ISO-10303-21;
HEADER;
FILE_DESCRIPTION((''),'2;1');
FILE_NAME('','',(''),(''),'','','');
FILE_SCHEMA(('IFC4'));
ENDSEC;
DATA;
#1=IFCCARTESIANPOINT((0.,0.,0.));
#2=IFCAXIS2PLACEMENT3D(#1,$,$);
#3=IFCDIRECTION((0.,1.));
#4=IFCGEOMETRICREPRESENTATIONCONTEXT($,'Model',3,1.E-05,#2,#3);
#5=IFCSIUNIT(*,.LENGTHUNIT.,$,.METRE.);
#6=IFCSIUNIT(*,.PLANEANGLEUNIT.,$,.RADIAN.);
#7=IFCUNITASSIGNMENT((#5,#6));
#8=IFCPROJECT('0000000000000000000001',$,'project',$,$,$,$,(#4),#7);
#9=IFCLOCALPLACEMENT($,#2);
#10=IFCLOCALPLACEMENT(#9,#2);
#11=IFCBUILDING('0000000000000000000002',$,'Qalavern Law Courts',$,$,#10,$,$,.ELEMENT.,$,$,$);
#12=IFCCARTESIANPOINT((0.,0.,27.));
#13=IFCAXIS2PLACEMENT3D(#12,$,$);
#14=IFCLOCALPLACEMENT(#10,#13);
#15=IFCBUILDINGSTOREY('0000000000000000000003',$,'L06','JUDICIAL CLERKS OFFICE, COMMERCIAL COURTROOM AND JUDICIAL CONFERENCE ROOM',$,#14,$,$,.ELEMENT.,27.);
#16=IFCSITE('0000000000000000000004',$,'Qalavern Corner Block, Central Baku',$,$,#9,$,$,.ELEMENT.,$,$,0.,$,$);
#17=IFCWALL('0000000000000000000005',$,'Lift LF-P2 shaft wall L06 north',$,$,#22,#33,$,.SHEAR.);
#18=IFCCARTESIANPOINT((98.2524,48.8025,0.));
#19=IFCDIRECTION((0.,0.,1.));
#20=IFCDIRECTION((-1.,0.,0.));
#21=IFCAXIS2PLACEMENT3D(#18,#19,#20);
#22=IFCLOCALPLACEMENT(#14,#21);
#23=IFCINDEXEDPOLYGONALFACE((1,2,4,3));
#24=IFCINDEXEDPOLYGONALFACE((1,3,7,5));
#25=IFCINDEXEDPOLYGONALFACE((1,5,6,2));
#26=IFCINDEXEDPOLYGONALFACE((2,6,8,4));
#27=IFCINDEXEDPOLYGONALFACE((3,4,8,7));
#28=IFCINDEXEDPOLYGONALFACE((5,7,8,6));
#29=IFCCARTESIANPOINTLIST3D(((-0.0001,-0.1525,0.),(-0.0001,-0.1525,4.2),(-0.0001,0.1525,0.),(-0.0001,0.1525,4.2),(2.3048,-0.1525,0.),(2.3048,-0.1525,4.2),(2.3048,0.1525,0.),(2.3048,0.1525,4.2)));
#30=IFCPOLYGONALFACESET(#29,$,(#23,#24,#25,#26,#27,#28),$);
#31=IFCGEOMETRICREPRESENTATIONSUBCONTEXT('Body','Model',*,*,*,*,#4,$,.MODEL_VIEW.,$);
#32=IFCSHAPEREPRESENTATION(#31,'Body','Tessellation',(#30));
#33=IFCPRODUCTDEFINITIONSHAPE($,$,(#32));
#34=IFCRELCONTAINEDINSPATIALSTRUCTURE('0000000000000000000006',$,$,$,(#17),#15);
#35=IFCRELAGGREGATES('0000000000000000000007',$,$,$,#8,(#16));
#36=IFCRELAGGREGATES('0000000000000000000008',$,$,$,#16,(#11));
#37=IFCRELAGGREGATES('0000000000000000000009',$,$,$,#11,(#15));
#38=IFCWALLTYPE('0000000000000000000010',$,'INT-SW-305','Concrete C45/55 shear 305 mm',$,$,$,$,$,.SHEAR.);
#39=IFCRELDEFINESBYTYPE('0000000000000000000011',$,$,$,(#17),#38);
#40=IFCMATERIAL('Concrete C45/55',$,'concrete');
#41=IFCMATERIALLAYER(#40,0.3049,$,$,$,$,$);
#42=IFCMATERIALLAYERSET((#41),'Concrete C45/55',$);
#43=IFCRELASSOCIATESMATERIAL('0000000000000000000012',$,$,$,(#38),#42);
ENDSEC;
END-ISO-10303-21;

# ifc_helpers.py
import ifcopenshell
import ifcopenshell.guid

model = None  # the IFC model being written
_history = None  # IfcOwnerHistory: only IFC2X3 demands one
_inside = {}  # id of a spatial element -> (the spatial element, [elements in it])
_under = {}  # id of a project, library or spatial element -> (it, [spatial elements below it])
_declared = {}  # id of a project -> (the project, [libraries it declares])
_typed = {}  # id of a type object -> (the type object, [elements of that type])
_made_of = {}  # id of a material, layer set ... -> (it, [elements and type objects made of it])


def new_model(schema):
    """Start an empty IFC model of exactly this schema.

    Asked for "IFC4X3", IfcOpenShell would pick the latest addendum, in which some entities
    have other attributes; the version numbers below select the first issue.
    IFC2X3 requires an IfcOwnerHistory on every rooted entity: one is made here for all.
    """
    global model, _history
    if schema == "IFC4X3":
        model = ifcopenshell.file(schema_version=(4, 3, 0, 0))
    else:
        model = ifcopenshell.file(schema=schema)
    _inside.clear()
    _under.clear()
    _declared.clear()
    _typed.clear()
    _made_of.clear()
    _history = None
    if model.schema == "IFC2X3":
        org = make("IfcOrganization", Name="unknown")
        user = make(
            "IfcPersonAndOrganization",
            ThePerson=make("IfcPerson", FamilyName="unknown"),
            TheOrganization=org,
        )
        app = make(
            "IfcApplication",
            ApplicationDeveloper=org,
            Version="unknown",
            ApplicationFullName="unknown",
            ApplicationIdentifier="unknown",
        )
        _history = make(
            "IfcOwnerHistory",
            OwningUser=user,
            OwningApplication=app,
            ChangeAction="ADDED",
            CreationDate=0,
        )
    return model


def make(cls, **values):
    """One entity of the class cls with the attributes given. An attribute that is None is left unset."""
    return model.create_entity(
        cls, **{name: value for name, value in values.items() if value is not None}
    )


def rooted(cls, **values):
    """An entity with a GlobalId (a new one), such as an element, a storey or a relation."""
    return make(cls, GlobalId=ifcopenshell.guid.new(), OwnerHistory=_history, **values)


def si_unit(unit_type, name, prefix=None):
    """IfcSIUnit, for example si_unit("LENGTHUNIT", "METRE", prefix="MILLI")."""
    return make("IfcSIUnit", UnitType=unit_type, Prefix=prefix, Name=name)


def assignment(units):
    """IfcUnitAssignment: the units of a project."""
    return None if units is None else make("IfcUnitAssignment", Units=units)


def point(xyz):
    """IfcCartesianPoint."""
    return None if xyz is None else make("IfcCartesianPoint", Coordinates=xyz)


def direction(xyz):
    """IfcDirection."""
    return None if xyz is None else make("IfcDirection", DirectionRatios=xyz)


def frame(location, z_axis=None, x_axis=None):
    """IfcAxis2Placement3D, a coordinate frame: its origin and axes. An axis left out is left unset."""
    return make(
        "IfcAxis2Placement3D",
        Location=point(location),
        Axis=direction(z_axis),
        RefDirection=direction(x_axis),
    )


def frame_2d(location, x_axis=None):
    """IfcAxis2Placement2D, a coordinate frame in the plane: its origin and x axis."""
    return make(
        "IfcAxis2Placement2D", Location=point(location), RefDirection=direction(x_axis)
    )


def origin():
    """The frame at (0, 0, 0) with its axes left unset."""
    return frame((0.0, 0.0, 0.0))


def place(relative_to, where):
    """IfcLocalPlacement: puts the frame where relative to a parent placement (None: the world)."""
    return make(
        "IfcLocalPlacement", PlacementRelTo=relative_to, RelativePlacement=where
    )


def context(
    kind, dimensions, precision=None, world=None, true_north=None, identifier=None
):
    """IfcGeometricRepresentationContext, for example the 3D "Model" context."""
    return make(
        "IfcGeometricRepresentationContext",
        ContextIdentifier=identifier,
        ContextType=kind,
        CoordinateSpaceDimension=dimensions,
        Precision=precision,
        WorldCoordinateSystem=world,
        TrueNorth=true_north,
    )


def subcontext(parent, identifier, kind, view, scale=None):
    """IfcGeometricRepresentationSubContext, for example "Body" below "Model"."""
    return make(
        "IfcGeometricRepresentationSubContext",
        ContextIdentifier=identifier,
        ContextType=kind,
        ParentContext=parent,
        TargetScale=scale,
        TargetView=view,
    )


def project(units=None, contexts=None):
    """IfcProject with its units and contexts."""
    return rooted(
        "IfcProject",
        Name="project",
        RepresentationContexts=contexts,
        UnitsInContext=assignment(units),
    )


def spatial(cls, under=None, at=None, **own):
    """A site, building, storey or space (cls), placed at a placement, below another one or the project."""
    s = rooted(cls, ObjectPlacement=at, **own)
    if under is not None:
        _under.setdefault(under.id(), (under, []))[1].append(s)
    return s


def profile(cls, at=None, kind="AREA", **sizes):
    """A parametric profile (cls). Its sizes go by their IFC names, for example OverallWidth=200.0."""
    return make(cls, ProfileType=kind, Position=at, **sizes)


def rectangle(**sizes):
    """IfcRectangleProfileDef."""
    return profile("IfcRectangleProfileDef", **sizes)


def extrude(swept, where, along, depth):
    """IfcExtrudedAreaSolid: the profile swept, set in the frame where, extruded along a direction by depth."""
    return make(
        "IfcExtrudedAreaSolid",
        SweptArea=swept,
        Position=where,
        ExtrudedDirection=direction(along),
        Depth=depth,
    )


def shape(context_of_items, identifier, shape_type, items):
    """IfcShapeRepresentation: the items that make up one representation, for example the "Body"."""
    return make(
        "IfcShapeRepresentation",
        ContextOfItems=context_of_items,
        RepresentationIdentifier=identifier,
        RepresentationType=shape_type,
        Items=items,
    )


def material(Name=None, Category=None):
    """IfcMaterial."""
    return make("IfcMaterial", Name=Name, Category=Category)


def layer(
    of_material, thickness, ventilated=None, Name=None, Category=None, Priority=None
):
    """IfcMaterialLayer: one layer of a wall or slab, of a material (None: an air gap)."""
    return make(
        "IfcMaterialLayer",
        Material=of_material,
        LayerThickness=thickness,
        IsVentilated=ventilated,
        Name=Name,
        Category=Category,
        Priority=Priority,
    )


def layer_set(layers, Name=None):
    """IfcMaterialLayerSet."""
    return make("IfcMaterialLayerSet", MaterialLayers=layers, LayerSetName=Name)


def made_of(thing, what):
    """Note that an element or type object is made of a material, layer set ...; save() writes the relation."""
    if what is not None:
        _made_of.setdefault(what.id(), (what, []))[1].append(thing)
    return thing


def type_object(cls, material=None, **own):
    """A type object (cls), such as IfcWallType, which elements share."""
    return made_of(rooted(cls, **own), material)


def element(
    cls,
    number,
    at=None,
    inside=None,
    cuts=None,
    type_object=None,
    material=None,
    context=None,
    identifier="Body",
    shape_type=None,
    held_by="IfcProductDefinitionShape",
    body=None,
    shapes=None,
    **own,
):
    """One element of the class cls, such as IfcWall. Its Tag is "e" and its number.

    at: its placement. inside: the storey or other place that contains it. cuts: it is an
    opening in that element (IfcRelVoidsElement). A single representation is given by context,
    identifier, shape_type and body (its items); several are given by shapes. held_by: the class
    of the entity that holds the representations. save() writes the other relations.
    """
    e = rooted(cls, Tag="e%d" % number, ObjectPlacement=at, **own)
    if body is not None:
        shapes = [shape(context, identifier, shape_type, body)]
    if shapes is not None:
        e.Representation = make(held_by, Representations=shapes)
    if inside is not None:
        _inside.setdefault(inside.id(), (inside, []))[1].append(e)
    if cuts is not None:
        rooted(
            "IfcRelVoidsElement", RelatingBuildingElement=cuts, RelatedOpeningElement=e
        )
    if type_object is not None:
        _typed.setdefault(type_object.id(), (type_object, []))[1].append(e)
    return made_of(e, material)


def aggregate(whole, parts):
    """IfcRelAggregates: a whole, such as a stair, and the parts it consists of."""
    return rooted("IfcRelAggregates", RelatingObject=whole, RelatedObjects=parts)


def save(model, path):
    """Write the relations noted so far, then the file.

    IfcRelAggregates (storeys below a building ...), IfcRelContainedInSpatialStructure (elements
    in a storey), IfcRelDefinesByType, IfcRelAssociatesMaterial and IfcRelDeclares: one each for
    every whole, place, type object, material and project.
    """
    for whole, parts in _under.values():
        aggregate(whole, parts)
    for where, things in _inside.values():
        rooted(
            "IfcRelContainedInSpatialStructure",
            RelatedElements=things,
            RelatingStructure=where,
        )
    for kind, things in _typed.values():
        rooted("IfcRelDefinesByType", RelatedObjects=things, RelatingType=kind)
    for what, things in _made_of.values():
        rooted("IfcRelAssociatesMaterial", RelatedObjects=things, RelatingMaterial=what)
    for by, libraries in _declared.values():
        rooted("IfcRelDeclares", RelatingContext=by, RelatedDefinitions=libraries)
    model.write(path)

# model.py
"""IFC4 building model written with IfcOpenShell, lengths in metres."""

from ifc_helpers import new_model, si_unit, direction, frame, frame_2d, origin, place, context, subcontext, project, spatial, rectangle, extrude, material, layer, layer_set, type_object, element, save


model = new_model("IFC4")

# Units and contexts
model_context = context("Model", 3, precision=1e-05, world=origin(), true_north=direction((0.0, 1.0)))
body_context = subcontext(model_context, "Body", "Model", "MODEL_VIEW")
ifc_project = project(units=[si_unit("LENGTHUNIT", "METRE"), si_unit("PLANEANGLEUNIT", "RADIAN")], contexts=[model_context])

# Site, building, storey
site_placement = place(None, origin())
site = spatial("IfcSite", under=ifc_project, at=site_placement, Name="Qalavern Corner Block, Central Baku", CompositionType="ELEMENT", RefElevation=0.0)
building_placement = place(site_placement, origin())
building = spatial("IfcBuilding", under=site, at=building_placement, Name="Qalavern Law Courts", CompositionType="ELEMENT")
storey_placement = place(building_placement, frame((0.0, 0.0, 27.0)))
storey = spatial("IfcBuildingStorey", under=building, at=storey_placement, Name="L06", Description="JUDICIAL CLERKS OFFICE, COMMERCIAL COURTROOM AND JUDICIAL CONFERENCE ROOM", CompositionType="ELEMENT", Elevation=27.0)

# Shared definitions
ifc_material_1 = material(Name="Concrete C45/55", Category="concrete")

# Wall
ifc_layer_1 = layer(ifc_material_1, 0.3049)
ifc_layer_set_1 = layer_set([ifc_layer_1], Name="Concrete C45/55")
wall_type_1 = type_object("IfcWallType", Name="INT-SW-305", Description="Concrete C45/55 shear 305 mm", PredefinedType="SHEAR", material=ifc_layer_set_1)
wall_1_placement = place(storey_placement, frame((98.2524, 48.8025, 0.0), z_axis=(0.0, 0.0, 1.0), x_axis=(-1.0, 0.0, 0.0)))
element("IfcWall", 1, at=wall_1_placement, inside=storey, type_object=wall_type_1, Name="Lift LF-P2 shaft wall L06 north", PredefinedType="SHEAR", context=body_context, shape_type="SweptSolid", body=[
    extrude(rectangle(XDim=2.3049, YDim=0.3049, at=frame_2d((1.1523, 0.0))), origin(), (0.0, 0.0, 1.0), 4.2),
])

save(model, "model.ifc")
